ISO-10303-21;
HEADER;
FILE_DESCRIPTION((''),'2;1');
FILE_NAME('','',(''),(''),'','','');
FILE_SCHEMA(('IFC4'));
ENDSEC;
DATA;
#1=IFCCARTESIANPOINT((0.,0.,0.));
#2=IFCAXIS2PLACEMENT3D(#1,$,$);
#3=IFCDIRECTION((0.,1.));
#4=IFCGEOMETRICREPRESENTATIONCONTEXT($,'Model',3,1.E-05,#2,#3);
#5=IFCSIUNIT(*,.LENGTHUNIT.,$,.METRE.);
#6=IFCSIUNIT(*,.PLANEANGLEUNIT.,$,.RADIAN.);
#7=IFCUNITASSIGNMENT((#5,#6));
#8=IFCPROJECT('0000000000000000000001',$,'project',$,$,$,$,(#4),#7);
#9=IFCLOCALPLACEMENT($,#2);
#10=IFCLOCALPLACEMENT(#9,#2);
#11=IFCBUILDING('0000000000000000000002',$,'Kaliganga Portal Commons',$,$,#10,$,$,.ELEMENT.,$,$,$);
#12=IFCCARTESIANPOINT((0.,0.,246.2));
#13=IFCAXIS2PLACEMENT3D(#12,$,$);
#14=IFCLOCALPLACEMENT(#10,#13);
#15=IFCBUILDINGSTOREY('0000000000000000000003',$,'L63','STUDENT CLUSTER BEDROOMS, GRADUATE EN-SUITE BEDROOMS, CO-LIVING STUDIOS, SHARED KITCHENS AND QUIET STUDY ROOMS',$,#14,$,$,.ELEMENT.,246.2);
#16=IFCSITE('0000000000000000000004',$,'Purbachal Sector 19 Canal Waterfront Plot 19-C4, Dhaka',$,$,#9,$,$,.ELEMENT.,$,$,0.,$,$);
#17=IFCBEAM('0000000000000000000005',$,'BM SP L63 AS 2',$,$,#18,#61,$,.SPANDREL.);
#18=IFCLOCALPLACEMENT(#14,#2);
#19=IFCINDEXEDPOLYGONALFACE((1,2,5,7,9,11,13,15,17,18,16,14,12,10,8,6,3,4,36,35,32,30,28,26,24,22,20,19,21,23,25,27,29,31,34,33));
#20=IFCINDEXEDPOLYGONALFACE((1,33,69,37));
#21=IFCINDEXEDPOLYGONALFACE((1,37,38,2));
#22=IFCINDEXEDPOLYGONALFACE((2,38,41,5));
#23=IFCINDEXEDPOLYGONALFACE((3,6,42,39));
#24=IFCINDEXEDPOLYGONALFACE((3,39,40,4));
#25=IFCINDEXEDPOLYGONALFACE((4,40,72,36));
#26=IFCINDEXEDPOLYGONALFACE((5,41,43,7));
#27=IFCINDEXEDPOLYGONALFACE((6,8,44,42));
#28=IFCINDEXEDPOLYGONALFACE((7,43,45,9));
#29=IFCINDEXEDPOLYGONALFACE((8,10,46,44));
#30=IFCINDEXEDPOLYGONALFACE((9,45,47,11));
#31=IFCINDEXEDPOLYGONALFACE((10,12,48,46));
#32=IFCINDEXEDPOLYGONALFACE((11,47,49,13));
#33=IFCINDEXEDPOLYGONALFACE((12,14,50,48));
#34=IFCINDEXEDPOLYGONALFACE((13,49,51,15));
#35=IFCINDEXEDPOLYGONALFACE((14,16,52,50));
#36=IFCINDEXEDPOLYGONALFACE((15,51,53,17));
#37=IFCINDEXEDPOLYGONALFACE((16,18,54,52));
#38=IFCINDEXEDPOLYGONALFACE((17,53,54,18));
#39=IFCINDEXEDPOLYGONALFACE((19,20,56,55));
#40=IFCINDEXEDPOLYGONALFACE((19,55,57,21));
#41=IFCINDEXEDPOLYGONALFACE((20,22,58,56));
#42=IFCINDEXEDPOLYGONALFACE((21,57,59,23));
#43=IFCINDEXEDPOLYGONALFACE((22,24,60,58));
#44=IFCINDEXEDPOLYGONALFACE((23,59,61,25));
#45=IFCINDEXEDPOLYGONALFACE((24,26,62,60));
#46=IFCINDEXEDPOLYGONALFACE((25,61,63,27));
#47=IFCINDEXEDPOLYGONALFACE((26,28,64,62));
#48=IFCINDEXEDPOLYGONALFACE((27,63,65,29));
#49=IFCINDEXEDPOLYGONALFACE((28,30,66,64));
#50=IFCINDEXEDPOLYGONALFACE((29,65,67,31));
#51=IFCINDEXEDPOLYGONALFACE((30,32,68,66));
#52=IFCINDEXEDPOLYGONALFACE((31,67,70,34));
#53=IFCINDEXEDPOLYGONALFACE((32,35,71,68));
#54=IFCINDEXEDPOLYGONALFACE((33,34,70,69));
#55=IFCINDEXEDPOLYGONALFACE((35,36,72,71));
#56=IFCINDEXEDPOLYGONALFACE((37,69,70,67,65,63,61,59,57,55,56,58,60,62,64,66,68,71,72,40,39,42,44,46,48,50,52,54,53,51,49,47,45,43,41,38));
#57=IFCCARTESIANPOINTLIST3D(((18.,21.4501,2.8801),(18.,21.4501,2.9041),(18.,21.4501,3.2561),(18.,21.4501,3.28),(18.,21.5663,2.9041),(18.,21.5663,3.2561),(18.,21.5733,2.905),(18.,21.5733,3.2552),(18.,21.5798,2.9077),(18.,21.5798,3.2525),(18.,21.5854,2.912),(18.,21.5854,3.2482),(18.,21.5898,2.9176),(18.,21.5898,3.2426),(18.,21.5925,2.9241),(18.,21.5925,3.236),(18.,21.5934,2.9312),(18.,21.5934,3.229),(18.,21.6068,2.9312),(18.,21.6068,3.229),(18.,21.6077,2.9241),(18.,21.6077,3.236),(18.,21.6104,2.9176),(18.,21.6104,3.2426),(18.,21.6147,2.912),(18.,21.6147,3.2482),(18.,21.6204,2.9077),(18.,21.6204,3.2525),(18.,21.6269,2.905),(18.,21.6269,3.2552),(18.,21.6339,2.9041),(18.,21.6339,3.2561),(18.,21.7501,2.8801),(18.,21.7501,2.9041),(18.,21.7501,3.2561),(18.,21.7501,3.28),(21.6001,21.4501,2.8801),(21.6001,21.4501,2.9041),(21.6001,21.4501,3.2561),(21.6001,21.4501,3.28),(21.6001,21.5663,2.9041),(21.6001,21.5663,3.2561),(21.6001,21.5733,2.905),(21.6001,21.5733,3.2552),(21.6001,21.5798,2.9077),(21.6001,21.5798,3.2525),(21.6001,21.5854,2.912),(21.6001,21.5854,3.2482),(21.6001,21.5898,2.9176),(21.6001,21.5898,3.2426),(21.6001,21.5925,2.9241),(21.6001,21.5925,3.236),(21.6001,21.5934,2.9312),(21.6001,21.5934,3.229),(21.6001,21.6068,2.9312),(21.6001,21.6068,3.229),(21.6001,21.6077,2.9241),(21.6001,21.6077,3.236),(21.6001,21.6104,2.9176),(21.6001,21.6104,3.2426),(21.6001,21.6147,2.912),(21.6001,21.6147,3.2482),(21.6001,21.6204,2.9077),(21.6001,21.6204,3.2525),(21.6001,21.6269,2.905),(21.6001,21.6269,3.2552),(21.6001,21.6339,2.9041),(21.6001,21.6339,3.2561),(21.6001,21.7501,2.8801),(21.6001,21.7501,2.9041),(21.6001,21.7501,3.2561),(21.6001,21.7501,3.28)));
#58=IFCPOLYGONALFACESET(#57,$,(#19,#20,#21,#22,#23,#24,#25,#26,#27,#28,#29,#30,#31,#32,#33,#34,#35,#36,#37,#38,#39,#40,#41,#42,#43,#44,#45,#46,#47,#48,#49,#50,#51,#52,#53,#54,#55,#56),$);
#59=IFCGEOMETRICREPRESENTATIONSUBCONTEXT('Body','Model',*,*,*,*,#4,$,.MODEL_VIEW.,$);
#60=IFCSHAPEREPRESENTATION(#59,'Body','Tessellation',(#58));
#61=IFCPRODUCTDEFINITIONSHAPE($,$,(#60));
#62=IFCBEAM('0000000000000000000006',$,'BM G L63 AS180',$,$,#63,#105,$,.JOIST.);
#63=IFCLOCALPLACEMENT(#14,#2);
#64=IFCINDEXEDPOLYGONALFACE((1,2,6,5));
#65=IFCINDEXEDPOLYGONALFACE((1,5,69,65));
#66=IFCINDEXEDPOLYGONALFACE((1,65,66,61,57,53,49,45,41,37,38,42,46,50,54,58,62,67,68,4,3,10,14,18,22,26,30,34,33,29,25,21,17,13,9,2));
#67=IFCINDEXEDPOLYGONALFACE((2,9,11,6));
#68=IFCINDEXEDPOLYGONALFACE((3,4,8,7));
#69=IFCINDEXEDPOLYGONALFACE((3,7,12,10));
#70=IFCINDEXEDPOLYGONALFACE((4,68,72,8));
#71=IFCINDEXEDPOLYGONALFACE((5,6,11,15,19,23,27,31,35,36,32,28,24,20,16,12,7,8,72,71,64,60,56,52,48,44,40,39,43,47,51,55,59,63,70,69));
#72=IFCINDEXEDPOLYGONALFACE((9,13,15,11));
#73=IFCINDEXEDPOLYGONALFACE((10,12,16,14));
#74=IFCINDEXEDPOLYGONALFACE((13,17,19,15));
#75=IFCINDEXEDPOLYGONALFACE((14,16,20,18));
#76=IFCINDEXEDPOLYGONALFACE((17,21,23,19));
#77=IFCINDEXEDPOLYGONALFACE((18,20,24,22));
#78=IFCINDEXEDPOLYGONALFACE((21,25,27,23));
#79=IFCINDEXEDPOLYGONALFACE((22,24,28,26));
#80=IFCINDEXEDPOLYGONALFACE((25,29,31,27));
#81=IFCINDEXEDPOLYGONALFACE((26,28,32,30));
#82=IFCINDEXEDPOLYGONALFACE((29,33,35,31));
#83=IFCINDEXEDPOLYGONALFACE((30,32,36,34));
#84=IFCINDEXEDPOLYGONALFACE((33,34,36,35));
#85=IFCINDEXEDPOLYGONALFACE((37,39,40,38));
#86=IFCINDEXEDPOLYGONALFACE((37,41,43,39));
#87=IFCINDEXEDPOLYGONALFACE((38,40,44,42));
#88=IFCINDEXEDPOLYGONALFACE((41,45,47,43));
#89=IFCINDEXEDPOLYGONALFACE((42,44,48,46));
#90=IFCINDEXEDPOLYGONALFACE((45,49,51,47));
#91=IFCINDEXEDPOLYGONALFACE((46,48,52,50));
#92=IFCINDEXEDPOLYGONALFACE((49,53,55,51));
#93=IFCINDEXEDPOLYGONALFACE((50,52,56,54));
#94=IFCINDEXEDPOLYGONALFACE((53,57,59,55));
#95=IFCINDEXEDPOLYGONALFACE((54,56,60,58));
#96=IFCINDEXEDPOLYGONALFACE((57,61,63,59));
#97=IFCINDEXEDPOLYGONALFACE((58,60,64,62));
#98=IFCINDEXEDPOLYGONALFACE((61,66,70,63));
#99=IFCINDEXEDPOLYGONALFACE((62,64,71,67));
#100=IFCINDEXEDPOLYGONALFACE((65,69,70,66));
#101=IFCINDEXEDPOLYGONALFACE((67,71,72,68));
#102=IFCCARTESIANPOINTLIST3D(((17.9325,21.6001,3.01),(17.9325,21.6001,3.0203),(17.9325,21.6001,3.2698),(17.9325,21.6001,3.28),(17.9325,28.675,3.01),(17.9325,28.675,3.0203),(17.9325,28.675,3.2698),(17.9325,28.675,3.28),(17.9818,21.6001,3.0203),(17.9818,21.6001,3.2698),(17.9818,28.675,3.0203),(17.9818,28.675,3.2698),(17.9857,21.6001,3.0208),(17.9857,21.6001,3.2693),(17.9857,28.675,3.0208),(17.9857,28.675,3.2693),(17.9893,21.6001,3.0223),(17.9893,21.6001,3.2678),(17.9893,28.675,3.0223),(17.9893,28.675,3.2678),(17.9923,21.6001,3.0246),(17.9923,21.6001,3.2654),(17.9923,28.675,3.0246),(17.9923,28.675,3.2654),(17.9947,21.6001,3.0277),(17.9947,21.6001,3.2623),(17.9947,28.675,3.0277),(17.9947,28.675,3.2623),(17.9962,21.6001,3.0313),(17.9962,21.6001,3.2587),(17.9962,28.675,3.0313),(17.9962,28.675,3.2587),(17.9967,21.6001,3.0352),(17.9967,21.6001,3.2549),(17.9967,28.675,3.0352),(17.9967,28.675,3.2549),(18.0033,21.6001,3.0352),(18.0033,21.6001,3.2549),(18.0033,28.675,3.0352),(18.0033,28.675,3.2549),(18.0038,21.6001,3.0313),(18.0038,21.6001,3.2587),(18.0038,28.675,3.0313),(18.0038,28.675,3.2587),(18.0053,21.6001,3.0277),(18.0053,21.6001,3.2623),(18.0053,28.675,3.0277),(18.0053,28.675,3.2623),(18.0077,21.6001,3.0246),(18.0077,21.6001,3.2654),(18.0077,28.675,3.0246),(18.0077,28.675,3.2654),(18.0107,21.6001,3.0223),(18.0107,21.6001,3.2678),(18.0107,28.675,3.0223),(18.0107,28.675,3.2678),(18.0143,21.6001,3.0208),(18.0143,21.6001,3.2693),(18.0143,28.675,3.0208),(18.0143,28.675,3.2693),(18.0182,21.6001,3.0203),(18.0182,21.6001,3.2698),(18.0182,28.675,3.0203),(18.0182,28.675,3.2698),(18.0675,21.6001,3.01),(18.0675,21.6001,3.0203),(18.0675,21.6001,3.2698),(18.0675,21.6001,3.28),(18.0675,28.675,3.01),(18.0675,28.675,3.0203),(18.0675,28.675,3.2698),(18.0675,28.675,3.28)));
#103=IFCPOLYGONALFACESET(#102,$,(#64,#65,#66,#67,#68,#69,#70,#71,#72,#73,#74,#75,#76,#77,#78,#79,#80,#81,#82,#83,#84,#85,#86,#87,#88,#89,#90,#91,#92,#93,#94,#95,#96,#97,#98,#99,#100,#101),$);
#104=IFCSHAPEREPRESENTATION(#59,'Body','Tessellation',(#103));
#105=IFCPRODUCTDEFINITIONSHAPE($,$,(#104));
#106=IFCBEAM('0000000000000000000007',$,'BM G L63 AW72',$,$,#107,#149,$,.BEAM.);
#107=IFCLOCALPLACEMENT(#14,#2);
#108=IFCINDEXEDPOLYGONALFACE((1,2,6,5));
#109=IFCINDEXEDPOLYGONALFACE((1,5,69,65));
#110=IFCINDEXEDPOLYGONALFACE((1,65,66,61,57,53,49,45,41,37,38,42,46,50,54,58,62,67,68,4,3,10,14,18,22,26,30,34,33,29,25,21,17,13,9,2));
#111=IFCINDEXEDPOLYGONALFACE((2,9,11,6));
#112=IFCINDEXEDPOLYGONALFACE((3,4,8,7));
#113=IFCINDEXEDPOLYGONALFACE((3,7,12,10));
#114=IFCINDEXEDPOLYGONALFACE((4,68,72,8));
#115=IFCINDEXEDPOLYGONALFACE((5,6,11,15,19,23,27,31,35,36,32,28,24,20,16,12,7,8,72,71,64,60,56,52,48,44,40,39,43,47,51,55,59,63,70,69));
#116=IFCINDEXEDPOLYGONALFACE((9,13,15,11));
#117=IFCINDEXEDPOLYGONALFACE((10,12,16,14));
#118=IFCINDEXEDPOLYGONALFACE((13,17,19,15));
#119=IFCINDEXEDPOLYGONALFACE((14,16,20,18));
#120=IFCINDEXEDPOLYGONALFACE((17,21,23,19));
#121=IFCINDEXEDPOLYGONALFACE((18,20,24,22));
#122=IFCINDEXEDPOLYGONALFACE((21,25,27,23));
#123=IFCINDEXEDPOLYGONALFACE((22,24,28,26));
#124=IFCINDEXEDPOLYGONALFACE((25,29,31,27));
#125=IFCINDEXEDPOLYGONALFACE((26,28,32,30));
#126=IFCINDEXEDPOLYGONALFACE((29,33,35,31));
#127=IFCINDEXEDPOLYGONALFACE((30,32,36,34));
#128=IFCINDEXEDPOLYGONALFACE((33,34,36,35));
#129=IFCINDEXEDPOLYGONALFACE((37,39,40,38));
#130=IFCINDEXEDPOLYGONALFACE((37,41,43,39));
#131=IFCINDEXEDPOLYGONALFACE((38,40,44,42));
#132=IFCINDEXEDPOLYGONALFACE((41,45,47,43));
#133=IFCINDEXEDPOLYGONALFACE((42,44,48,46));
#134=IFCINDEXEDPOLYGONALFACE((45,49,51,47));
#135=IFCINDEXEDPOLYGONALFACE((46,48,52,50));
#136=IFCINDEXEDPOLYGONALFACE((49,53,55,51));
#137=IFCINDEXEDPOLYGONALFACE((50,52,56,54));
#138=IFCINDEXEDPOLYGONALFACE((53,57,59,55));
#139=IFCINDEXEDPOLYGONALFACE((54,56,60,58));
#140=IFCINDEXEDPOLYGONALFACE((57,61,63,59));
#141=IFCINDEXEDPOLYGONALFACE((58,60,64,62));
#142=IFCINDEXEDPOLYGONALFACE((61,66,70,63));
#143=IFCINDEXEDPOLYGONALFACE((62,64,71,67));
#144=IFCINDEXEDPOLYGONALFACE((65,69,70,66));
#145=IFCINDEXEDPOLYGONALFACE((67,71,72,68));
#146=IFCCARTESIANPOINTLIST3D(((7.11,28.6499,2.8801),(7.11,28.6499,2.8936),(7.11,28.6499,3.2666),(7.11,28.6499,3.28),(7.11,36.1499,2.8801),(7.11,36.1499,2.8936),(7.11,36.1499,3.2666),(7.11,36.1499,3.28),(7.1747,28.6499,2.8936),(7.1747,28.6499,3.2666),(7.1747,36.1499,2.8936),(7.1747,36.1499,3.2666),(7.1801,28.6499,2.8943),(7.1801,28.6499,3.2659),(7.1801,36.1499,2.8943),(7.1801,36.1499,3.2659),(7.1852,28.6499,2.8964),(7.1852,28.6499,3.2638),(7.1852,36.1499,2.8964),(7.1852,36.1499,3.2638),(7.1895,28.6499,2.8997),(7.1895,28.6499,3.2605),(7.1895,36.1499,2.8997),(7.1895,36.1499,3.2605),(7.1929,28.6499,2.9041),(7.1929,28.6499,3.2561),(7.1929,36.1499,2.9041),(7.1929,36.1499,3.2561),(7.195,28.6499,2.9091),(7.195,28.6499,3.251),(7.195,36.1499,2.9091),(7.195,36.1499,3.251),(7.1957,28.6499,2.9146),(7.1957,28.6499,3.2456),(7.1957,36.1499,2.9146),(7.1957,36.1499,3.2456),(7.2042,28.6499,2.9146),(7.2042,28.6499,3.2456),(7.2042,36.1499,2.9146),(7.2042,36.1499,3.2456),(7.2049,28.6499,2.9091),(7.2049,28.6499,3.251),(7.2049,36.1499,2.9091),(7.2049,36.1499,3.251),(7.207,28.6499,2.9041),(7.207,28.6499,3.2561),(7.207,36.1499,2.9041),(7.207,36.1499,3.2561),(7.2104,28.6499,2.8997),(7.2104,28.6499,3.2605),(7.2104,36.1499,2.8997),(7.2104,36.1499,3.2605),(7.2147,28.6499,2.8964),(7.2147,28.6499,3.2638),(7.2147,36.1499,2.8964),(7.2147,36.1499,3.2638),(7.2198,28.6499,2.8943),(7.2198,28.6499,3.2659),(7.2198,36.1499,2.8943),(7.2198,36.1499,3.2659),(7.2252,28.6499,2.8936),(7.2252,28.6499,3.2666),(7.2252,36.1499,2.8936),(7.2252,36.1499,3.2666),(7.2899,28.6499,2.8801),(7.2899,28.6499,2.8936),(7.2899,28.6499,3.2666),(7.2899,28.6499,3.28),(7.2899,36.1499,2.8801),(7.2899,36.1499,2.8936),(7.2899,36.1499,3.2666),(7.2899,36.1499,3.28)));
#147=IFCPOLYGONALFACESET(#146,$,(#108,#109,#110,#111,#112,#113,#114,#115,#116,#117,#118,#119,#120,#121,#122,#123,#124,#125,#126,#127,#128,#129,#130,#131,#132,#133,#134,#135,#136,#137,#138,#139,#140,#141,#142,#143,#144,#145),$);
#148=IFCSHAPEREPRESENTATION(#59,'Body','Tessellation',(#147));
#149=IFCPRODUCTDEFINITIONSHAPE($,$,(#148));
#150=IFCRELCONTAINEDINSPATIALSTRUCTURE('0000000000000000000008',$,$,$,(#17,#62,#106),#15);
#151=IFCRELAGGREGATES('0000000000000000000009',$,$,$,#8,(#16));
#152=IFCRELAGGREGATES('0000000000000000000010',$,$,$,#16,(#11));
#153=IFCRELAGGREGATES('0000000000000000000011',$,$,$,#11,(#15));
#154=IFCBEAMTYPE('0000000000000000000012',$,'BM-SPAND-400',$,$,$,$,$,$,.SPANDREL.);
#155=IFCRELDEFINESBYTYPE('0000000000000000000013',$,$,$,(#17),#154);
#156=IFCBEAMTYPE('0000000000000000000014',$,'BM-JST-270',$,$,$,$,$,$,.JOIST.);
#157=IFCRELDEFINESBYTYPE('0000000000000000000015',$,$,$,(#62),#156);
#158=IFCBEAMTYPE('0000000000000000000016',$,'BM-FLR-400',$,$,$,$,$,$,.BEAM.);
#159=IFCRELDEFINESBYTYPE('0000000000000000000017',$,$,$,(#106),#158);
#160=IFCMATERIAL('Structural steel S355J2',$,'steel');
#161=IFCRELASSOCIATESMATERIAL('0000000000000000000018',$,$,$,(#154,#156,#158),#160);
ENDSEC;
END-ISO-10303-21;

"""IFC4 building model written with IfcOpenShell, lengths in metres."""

from ifc_helpers import new_model, si_unit, direction, frame, origin, origin_2d, place, context, subcontext, project, spatial, i_section, extrude, source, transform, mapped, material, material_profile, profile_set, type_object, element, save


model = new_model("IFC4")

# Units and contexts
model_context = context("Model", 3, precision=1e-05, world=origin(), true_north=direction((0.0, 1.0)))
body_context = subcontext(model_context, "Body", "Model", "MODEL_VIEW")
ifc_project = project(units=[si_unit("LENGTHUNIT", "METRE"), si_unit("PLANEANGLEUNIT", "RADIAN")], contexts=[model_context])

# Site, building, storey
site_placement = place(None, origin())
site = spatial("IfcSite", under=ifc_project, at=site_placement, Name="Purbachal Sector 19 Canal Waterfront Plot 19-C4, Dhaka", CompositionType="ELEMENT", RefElevation=0.0)
building_placement = place(site_placement, origin())
building = spatial("IfcBuilding", under=site, at=building_placement, Name="Kaliganga Portal Commons", CompositionType="ELEMENT")
storey_placement = place(building_placement, frame((0.0, 0.0, 246.2)))
storey = spatial("IfcBuildingStorey", under=building, at=storey_placement, Name="L63", Description="STUDENT CLUSTER BEDROOMS, GRADUATE EN-SUITE BEDROOMS, CO-LIVING STUDIOS, SHARED KITCHENS AND QUIET STUDY ROOMS", CompositionType="ELEMENT", Elevation=246.2)

# Shared definitions
ifc_material_1 = material(Name="Structural steel S355J2", Category="steel")

# Beams
ifc_material_profile_1 = material_profile(ifc_material_1, i_section(OverallWidth=0.3, OverallDepth=0.3999, WebThickness=0.0134, FlangeThickness=0.0239, FilletRadius=0.0271, at=origin_2d()), Name="HE 400 B")
ifc_profile_set_1 = profile_set([ifc_material_profile_1], Name="Structural steel S355J2 wide-flange")
beam_type_1 = type_object("IfcBeamType", Name="BM-SPAND-400", PredefinedType="SPANDREL", material=ifc_profile_set_1)
shared_shape_1 = source(origin(), body_context, "Body", "SweptSolid", [
    extrude(i_section(OverallWidth=0.3, OverallDepth=0.3999, WebThickness=0.0134, FlangeThickness=0.0239, FilletRadius=0.0271, at=origin_2d()), origin(), (0.0, 0.0, 1.0), 3.6001),
])
for number, where, z_axis, x_axis, name in (
    (1, (18.0, 21.6001, 3.0801), (1.0, 0.0, 0.0), (0.0, 1.0, 0.0), "BM SP L63 AS 2"),
):
    element("IfcBeam", number, at=place(storey_placement, frame(where, z_axis=z_axis, x_axis=x_axis)), inside=storey, type_object=beam_type_1, Name=name, PredefinedType="SPANDREL", context=body_context, shape_type="MappedRepresentation", body=[
        mapped(shared_shape_1, transform((0.0, 0.0, 0.0), x_axis=(1.0, 0.0, 0.0), y_axis=(0.0, 1.0, 0.0), z_axis=(0.0, 0.0, 1.0), scale=1.0)),
    ])
ifc_material_profile_2 = material_profile(ifc_material_1, i_section(OverallWidth=0.135, OverallDepth=0.27, WebThickness=0.0066, FlangeThickness=0.0103, FilletRadius=0.0149, at=origin_2d()), Name="IPE 270")
ifc_profile_set_2 = profile_set([ifc_material_profile_2], Name="Structural steel S355J2 wide-flange")
beam_type_2 = type_object("IfcBeamType", Name="BM-JST-270", PredefinedType="JOIST", material=ifc_profile_set_2)
shared_shape_2 = source(origin(), body_context, "Body", "SweptSolid", [
    extrude(i_section(OverallWidth=0.135, OverallDepth=0.27, WebThickness=0.0066, FlangeThickness=0.0103, FilletRadius=0.0149, at=origin_2d()), origin(), (0.0, 0.0, 1.0), 7.075),
])
beam_1_placement = place(storey_placement, frame((18.0, 21.6001, 3.145), z_axis=(0.0, 1.0, 0.0), x_axis=(-1.0, 0.0, 0.0)))
element("IfcBeam", 2, at=beam_1_placement, inside=storey, type_object=beam_type_2, Name="BM G L63 AS180", PredefinedType="JOIST", context=body_context, shape_type="MappedRepresentation", body=[
    mapped(shared_shape_2, transform((0.0, 0.0, 0.0), x_axis=(1.0, 0.0, 0.0), y_axis=(0.0, 1.0, 0.0), z_axis=(0.0, 0.0, 1.0), scale=1.0)),
])
ifc_material_profile_3 = material_profile(ifc_material_1, i_section(OverallWidth=0.1799, OverallDepth=0.3999, WebThickness=0.0085, FlangeThickness=0.0134, FilletRadius=0.021, at=origin_2d()), Name="IPE 400")
ifc_profile_set_3 = profile_set([ifc_material_profile_3], Name="Structural steel S355J2 wide-flange")
beam_type_3 = type_object("IfcBeamType", Name="BM-FLR-400", PredefinedType="BEAM", material=ifc_profile_set_3)
shared_shape_3 = source(origin(), body_context, "Body", "SweptSolid", [
    extrude(i_section(OverallWidth=0.1799, OverallDepth=0.3999, WebThickness=0.0085, FlangeThickness=0.0134, FilletRadius=0.021, at=origin_2d()), origin(), (0.0, 0.0, 1.0), 7.5),
])
for number, where, z_axis, x_axis, name in (
    (3, (7.2, 28.6499, 3.0801), (0.0, 1.0, 0.0), (-1.0, 0.0, 0.0), "BM G L63 AW72"),
):
    element("IfcBeam", number, at=place(storey_placement, frame(where, z_axis=z_axis, x_axis=x_axis)), inside=storey, type_object=beam_type_3, Name=name, PredefinedType="BEAM", context=body_context, shape_type="MappedRepresentation", body=[
        mapped(shared_shape_3, transform((0.0, 0.0, 0.0), x_axis=(1.0, 0.0, 0.0), y_axis=(0.0, 1.0, 0.0), z_axis=(0.0, 0.0, 1.0), scale=1.0)),
    ])

save(model, "model.ifc")
